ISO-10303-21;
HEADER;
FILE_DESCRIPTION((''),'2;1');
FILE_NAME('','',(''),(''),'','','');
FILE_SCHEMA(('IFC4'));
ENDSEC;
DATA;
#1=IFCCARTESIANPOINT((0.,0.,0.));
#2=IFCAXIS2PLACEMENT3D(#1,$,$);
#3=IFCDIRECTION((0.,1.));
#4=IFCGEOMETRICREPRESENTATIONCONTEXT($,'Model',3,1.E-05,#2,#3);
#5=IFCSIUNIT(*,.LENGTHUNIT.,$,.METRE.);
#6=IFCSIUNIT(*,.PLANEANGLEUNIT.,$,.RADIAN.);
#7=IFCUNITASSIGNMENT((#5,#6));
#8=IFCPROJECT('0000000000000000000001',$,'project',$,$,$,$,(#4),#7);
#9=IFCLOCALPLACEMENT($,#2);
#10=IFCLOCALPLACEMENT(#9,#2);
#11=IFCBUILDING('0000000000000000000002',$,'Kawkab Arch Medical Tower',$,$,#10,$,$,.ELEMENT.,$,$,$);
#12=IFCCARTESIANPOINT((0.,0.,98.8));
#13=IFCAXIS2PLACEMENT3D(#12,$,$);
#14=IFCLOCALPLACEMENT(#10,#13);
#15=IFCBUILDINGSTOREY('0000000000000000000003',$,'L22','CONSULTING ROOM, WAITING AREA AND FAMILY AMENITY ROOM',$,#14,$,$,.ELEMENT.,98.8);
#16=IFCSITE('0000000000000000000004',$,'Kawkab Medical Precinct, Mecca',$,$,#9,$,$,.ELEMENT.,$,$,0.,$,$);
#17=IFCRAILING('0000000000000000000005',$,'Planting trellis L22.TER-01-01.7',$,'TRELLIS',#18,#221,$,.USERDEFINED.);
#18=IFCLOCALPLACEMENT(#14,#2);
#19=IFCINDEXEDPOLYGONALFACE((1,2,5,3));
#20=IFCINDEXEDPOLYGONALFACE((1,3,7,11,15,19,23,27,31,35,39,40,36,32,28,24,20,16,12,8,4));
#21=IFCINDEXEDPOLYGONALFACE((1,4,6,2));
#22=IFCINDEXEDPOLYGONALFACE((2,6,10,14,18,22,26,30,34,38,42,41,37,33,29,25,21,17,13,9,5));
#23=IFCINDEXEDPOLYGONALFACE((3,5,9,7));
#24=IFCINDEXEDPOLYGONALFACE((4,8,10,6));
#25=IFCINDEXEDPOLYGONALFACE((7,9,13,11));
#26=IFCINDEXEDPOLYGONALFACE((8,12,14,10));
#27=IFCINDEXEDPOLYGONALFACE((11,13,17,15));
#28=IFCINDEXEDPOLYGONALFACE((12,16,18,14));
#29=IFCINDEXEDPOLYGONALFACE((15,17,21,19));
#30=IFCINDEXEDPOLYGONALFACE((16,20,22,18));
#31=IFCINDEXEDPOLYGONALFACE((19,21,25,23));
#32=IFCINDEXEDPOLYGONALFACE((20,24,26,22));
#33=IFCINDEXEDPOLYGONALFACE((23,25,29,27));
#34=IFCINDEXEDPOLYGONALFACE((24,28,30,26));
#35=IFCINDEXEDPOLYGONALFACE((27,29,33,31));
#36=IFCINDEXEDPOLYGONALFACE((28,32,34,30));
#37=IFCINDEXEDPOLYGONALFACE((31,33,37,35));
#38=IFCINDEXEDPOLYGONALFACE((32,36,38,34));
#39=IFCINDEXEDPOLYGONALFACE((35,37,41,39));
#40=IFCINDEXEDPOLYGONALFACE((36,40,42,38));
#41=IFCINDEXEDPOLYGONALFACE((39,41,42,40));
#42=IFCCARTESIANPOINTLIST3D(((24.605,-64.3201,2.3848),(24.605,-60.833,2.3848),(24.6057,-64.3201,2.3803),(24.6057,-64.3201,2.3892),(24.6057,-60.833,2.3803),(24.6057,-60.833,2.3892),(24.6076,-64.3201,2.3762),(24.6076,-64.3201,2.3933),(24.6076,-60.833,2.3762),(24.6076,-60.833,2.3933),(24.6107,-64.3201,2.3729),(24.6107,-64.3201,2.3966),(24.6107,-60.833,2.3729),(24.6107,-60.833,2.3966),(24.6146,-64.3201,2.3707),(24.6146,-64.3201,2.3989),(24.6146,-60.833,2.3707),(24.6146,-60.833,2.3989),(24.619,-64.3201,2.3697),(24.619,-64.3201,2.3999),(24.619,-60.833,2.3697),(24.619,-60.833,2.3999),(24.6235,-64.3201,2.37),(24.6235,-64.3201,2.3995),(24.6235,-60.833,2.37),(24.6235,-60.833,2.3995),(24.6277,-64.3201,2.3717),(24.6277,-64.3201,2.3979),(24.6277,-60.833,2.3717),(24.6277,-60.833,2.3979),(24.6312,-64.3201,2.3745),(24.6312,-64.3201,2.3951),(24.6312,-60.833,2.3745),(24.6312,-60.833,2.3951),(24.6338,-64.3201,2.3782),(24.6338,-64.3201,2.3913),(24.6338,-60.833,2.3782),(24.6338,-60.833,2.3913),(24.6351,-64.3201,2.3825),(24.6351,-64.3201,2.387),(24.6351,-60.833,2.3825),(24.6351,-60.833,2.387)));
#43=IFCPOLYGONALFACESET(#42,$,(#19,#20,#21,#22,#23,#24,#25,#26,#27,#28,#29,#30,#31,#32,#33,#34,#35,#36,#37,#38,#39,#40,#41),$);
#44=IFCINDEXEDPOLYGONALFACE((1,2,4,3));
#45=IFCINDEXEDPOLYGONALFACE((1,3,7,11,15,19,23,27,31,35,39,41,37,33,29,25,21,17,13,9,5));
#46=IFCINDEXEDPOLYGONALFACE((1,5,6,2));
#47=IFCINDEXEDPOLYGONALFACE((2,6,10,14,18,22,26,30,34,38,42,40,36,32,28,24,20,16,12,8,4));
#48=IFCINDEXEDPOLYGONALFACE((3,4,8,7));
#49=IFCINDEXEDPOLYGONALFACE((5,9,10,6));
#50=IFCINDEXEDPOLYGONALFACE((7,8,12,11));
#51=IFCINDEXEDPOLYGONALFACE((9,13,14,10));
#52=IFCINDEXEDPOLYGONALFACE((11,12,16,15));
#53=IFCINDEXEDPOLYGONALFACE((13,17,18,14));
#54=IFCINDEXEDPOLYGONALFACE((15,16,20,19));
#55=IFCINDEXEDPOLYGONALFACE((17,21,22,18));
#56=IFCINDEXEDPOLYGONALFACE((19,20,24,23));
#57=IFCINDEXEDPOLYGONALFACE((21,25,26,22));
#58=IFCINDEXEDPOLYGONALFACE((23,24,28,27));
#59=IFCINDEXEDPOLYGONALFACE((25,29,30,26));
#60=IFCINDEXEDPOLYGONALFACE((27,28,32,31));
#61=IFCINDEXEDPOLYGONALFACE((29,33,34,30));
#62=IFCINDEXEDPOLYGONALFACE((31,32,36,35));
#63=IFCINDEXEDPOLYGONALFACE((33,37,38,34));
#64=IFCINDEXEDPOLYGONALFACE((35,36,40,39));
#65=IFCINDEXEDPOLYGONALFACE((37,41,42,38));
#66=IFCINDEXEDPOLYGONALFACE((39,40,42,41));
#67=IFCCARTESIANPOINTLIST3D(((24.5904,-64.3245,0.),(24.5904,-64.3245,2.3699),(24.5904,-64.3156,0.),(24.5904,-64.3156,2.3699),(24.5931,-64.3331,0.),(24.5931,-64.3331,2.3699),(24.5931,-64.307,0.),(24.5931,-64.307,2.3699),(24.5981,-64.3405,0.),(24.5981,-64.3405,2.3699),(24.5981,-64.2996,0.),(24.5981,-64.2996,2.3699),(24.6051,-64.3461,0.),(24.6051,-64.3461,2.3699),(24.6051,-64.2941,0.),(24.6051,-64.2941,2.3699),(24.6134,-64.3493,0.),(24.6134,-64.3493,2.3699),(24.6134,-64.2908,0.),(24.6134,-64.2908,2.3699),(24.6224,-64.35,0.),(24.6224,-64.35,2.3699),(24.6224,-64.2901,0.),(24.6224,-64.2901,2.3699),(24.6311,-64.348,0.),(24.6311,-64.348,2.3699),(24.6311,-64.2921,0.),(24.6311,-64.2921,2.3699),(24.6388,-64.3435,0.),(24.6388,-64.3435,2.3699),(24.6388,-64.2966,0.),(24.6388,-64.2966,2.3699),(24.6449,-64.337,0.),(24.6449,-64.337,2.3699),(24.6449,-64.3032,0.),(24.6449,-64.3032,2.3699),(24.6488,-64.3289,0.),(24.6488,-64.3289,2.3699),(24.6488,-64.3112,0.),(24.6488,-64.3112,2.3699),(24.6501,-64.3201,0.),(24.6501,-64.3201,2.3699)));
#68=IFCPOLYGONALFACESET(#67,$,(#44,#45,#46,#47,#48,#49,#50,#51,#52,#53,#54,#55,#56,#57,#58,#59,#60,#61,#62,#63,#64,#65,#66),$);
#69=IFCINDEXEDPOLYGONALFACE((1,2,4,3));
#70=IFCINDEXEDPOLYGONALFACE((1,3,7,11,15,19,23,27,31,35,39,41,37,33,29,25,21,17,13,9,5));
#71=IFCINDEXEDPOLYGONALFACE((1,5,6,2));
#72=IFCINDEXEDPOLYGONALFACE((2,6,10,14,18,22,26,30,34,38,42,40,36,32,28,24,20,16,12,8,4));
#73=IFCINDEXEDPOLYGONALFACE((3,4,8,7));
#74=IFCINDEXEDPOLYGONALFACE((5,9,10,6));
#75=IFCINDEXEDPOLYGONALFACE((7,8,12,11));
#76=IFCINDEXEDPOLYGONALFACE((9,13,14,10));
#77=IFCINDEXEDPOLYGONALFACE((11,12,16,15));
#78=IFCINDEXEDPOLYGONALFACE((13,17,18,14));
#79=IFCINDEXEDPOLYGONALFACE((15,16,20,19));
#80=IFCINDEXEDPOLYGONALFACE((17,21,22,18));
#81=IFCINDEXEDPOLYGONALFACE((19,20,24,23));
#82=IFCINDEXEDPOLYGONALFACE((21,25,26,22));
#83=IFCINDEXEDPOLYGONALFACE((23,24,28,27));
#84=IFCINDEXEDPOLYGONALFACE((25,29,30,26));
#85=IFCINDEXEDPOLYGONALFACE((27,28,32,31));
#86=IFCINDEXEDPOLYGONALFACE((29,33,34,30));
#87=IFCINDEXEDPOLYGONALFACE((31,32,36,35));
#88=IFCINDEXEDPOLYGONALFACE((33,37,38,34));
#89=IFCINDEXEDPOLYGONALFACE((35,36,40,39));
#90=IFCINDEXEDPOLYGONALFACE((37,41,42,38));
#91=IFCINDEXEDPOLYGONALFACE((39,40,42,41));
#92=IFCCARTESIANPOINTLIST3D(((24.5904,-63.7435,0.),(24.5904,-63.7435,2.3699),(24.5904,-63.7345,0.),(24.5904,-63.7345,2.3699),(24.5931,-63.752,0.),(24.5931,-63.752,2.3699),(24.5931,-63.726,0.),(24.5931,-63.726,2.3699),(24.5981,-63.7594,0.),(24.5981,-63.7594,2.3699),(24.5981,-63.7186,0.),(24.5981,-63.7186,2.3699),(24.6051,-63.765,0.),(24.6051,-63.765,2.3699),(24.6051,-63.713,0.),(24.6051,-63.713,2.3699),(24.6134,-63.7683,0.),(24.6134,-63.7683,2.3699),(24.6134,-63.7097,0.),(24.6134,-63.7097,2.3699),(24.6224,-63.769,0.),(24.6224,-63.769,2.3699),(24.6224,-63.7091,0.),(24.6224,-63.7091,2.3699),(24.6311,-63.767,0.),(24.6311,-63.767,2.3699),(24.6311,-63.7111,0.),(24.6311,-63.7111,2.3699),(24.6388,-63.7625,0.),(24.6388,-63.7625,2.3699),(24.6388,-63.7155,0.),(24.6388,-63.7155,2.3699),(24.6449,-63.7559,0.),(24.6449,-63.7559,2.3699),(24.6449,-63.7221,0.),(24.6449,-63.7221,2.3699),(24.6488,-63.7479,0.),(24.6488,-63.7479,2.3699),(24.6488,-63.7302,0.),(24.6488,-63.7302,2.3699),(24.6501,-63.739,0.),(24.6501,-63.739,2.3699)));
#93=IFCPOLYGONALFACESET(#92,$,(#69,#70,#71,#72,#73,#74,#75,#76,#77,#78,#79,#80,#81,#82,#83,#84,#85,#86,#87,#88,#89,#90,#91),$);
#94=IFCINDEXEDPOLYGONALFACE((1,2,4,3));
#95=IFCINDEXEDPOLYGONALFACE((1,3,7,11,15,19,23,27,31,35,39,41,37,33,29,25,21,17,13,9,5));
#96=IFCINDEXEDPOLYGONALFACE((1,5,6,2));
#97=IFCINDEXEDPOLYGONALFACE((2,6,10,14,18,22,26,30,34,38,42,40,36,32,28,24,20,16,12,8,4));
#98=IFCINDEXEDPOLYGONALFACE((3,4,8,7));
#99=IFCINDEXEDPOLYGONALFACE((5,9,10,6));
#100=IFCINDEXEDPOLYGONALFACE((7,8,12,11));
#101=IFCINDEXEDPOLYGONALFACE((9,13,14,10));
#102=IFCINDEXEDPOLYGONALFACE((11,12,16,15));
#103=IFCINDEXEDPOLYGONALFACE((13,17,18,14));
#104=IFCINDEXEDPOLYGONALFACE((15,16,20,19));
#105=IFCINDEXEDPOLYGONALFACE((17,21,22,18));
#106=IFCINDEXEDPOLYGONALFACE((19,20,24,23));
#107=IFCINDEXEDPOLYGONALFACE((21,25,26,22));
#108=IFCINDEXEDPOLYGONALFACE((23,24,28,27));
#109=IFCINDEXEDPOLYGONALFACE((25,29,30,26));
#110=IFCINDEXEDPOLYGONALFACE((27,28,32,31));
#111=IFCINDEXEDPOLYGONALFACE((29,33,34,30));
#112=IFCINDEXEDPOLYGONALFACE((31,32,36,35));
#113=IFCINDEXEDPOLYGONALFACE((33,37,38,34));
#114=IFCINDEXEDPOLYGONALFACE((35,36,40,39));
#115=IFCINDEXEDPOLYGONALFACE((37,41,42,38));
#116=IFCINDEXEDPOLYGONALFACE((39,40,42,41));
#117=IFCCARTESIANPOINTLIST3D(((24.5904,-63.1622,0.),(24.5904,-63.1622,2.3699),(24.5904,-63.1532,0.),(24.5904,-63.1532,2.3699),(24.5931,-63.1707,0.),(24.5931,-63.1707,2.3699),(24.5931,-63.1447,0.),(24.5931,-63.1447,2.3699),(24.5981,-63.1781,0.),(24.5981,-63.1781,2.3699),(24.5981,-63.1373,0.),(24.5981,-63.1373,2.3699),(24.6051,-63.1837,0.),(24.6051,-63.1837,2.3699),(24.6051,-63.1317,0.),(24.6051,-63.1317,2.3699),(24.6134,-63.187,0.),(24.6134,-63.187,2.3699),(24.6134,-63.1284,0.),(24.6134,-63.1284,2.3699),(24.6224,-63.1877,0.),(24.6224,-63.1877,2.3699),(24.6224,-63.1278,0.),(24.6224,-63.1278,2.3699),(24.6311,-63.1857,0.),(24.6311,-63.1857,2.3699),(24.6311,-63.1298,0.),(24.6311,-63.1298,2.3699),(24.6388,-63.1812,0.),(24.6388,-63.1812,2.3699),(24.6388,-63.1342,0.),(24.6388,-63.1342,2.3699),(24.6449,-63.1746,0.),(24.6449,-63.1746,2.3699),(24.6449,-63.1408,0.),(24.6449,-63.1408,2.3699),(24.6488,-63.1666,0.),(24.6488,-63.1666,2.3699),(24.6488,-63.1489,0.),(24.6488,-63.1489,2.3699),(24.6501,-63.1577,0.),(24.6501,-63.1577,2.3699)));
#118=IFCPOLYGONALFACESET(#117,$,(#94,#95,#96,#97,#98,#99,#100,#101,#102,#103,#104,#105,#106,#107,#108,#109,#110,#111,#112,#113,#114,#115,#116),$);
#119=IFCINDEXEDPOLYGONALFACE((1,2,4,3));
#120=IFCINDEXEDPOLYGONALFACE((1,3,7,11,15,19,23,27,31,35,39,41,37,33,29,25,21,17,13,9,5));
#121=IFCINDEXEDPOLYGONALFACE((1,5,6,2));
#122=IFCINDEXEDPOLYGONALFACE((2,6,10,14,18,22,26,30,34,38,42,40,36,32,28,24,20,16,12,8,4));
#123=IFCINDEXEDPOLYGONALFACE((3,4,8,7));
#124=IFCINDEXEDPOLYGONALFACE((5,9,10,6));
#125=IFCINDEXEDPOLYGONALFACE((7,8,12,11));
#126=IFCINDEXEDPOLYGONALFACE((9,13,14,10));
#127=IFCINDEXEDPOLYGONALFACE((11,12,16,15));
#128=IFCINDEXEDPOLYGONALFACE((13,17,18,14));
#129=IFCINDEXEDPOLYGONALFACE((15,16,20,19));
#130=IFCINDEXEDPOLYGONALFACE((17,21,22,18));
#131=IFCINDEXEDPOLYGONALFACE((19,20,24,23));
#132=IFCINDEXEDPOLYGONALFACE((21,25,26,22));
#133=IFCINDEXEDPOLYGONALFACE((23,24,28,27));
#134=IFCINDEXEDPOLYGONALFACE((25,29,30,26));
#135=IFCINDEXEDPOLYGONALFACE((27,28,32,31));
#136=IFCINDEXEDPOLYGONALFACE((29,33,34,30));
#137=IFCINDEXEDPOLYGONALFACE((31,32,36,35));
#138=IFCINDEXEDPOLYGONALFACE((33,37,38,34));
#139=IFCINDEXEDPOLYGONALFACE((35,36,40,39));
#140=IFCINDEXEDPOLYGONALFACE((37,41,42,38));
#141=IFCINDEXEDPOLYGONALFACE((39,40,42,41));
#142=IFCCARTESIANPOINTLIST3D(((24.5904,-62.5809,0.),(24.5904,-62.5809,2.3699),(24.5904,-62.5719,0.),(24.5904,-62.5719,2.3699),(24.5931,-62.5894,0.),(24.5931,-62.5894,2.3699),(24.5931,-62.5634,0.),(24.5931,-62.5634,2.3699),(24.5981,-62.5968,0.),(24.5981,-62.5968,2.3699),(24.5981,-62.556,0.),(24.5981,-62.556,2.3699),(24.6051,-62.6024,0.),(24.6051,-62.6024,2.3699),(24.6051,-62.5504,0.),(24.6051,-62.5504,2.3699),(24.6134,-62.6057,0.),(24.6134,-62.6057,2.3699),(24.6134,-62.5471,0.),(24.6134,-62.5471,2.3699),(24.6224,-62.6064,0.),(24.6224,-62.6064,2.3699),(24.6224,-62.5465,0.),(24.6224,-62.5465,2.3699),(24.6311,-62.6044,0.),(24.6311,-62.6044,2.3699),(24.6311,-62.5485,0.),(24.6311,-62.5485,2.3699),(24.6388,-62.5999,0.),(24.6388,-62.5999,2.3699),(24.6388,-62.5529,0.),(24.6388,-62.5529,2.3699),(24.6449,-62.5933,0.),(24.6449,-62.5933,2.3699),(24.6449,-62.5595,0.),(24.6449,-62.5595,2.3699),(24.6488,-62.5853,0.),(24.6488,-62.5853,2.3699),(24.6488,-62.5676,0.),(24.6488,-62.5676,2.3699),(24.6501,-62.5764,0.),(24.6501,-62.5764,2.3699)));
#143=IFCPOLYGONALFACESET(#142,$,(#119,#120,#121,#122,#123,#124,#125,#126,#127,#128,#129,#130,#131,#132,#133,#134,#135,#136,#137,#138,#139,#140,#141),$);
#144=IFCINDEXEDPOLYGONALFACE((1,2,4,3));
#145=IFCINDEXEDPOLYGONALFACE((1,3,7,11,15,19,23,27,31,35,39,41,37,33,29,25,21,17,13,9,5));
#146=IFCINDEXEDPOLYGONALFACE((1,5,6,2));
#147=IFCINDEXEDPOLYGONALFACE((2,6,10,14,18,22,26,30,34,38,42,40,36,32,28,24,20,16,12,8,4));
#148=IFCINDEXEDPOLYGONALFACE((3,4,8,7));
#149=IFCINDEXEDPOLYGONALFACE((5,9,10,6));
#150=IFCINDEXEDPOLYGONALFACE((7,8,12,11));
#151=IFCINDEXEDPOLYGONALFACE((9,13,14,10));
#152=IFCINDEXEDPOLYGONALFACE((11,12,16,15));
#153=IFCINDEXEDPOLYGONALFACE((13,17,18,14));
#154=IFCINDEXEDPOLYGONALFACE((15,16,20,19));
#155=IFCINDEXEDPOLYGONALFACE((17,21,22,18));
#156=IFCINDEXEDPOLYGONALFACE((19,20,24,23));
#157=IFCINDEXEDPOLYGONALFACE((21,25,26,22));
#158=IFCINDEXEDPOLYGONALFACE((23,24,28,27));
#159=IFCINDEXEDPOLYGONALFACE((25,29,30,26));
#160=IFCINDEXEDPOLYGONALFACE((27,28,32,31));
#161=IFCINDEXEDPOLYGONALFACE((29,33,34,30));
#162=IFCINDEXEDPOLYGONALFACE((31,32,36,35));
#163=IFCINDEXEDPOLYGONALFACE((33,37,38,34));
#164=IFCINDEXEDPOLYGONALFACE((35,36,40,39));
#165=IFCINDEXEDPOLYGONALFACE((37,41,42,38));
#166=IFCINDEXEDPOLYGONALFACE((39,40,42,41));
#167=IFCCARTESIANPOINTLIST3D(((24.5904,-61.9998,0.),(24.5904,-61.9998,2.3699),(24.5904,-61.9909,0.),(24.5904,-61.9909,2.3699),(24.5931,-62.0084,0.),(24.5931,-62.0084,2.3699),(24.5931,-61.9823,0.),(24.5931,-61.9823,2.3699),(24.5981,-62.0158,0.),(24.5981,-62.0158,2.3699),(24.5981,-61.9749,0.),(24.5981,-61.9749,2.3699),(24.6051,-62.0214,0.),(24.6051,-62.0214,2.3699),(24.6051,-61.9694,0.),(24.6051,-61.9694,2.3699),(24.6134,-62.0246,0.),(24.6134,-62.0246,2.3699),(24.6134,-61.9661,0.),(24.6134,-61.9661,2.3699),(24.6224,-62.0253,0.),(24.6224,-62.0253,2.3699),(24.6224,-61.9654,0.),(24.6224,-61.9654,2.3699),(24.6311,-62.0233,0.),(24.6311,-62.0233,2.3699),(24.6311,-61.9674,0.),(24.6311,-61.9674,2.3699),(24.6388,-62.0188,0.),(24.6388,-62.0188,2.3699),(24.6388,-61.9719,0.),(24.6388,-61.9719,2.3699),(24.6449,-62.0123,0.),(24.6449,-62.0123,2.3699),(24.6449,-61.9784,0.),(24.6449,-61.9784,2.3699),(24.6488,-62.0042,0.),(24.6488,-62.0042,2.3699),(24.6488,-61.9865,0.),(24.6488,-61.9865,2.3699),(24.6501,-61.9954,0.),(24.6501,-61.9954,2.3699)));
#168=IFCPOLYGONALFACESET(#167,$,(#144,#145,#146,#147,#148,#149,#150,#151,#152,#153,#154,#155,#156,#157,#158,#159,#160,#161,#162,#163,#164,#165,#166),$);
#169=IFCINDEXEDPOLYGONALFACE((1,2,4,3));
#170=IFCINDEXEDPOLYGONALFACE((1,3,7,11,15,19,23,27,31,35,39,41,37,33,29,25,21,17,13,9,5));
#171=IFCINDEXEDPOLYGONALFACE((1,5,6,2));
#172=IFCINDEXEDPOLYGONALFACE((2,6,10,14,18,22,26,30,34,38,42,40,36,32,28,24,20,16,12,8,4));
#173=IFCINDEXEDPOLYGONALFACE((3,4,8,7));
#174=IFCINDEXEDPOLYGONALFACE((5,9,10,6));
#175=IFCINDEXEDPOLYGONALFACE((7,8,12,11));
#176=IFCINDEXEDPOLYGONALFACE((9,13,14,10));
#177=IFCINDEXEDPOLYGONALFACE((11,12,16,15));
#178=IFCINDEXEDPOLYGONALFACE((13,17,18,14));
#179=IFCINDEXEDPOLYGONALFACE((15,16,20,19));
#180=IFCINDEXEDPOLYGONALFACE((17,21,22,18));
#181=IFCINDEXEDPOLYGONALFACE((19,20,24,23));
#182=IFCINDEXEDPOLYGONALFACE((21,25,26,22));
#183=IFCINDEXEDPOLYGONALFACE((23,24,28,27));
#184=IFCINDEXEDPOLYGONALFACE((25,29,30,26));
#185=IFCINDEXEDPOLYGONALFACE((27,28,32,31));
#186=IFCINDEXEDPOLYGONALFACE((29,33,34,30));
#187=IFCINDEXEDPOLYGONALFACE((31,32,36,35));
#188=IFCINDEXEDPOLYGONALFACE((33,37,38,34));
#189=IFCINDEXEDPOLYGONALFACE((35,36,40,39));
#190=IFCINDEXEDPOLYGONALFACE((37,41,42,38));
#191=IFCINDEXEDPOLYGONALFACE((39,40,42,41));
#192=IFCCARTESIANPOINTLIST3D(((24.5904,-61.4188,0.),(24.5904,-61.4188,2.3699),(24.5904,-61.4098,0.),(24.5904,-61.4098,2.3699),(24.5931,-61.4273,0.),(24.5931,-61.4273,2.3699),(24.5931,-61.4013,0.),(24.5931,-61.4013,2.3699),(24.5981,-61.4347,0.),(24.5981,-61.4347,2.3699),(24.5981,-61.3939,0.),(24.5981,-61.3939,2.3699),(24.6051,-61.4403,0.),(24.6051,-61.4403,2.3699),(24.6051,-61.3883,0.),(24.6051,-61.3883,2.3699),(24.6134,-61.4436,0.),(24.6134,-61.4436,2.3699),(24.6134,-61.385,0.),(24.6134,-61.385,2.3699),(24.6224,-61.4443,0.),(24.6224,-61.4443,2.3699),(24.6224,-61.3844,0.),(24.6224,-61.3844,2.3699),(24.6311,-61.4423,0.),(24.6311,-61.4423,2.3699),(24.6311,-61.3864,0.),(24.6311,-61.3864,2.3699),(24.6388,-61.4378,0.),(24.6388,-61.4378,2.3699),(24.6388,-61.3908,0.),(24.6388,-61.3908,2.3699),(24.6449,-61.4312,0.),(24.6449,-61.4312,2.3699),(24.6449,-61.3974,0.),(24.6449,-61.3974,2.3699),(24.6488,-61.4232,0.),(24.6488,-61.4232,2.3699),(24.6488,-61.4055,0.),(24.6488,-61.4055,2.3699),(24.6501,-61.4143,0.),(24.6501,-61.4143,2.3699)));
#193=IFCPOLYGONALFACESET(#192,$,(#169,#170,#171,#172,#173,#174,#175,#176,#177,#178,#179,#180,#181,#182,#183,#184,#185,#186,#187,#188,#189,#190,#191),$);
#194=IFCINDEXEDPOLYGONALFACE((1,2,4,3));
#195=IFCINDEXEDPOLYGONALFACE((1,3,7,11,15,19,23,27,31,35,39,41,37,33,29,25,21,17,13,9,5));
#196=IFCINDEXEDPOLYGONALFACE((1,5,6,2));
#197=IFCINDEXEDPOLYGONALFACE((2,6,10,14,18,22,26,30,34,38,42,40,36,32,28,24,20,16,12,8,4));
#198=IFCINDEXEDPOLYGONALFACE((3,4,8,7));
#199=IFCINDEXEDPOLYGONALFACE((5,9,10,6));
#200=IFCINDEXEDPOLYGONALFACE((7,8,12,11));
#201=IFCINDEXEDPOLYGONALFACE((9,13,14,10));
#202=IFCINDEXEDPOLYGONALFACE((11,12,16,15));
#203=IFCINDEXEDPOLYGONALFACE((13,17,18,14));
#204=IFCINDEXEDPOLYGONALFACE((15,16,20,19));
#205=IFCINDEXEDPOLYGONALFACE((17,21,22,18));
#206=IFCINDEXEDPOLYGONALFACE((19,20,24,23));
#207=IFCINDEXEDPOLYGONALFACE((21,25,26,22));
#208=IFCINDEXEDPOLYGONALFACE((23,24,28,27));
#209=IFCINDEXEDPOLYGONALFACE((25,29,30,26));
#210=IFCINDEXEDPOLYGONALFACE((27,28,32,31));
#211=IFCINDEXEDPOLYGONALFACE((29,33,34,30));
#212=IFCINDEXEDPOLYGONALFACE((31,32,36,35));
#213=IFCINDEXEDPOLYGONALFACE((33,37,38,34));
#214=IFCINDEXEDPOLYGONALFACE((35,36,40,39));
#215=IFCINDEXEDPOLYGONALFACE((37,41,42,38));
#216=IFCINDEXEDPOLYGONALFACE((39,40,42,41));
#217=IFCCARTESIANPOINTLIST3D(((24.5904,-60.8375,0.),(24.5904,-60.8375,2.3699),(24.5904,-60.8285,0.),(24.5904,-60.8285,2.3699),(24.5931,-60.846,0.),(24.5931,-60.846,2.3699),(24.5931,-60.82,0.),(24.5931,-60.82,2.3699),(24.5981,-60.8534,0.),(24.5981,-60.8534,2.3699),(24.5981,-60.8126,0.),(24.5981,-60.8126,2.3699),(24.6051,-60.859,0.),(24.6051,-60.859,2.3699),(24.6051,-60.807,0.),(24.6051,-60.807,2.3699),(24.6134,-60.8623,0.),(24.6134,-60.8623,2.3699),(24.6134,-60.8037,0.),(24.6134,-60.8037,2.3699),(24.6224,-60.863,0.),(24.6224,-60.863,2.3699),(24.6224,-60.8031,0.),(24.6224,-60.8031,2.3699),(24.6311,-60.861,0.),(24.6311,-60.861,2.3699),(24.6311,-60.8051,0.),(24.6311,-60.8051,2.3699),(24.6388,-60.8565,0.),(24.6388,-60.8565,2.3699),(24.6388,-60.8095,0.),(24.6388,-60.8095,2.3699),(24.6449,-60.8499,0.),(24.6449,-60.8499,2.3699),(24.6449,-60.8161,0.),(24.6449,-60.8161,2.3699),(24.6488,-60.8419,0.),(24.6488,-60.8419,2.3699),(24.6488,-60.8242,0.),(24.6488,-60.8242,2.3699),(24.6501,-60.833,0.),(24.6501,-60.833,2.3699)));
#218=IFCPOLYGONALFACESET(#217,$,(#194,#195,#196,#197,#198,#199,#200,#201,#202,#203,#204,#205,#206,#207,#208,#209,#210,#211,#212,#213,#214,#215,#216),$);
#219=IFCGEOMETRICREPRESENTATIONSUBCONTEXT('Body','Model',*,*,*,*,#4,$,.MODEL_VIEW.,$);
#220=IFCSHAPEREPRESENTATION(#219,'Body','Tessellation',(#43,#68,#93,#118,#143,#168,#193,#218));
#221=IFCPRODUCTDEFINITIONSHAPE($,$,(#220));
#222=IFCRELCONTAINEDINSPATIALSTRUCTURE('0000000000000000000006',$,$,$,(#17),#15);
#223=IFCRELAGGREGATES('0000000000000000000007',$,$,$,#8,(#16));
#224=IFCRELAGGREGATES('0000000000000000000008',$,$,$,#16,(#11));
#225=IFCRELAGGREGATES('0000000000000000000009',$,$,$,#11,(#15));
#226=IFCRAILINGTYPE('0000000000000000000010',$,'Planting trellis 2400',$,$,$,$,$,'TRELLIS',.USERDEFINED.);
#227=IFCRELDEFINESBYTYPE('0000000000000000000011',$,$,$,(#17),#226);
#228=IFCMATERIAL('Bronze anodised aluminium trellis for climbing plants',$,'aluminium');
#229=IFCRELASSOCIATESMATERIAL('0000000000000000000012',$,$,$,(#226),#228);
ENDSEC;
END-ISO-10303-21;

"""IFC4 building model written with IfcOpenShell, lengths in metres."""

from ifc_helpers import new_model, si_unit, direction, frame, origin, origin_2d, place, context, subcontext, project, spatial, circle, extrude, material, type_object, element, save


model = new_model("IFC4")

# Units and contexts
model_context = context("Model", 3, precision=1e-05, world=origin(), true_north=direction((0.0, 1.0)))
body_context = subcontext(model_context, "Body", "Model", "MODEL_VIEW")
ifc_project = project(units=[si_unit("LENGTHUNIT", "METRE"), si_unit("PLANEANGLEUNIT", "RADIAN")], contexts=[model_context])

# Site, building, storey
site_placement = place(None, origin())
site = spatial("IfcSite", under=ifc_project, at=site_placement, Name="Kawkab Medical Precinct, Mecca", CompositionType="ELEMENT", RefElevation=0.0)
building_placement = place(site_placement, origin())
building = spatial("IfcBuilding", under=site, at=building_placement, Name="Kawkab Arch Medical Tower", CompositionType="ELEMENT")
storey_placement = place(building_placement, frame((0.0, 0.0, 98.8)))
storey = spatial("IfcBuildingStorey", under=building, at=storey_placement, Name="L22", Description="CONSULTING ROOM, WAITING AREA AND FAMILY AMENITY ROOM", CompositionType="ELEMENT", Elevation=98.8)

# Railing
ifc_material_1 = material(Name="Bronze anodised aluminium trellis for climbing plants", Category="aluminium")
railing_type_1 = type_object("IfcRailingType", Name="Planting trellis 2400", ElementType="TRELLIS", PredefinedType="USERDEFINED", material=ifc_material_1)
railing_1_placement = place(storey_placement, frame((24.6201, -64.3201, 0.0)))
element("IfcRailing", 1, at=railing_1_placement, inside=storey, type_object=railing_type_1, Name="Planting trellis L22.TER-01-01.7", ObjectType="TRELLIS", PredefinedType="USERDEFINED", context=body_context, shape_type="SweptSolid", body=[
    extrude(circle(Radius=0.0151, at=origin_2d()), frame((0.0, 0.0, 2.3848), z_axis=(0.0, 1.0, 0.0), x_axis=(-1.0, 0.0, 0.0)), (0.0, 0.0, 1.0), 3.4871),
    extrude(circle(Radius=0.03, at=origin_2d()), origin(), (0.0, 0.0, 1.0), 2.3699),
    extrude(circle(Radius=0.03, at=origin_2d()), frame((0.0, 0.5811, 0.0)), (0.0, 0.0, 1.0), 2.3699),
    extrude(circle(Radius=0.03, at=origin_2d()), frame((0.0, 1.1624, 0.0)), (0.0, 0.0, 1.0), 2.3699),
    extrude(circle(Radius=0.03, at=origin_2d()), frame((0.0, 1.7437, 0.0)), (0.0, 0.0, 1.0), 2.3699),
    extrude(circle(Radius=0.03, at=origin_2d()), frame((0.0, 2.3247, 0.0)), (0.0, 0.0, 1.0), 2.3699),
    extrude(circle(Radius=0.03, at=origin_2d()), frame((0.0, 2.9058, 0.0)), (0.0, 0.0, 1.0), 2.3699),
    extrude(circle(Radius=0.03, at=origin_2d()), frame((0.0, 3.4871, 0.0)), (0.0, 0.0, 1.0), 2.3699),
])

save(model, "model.ifc")
